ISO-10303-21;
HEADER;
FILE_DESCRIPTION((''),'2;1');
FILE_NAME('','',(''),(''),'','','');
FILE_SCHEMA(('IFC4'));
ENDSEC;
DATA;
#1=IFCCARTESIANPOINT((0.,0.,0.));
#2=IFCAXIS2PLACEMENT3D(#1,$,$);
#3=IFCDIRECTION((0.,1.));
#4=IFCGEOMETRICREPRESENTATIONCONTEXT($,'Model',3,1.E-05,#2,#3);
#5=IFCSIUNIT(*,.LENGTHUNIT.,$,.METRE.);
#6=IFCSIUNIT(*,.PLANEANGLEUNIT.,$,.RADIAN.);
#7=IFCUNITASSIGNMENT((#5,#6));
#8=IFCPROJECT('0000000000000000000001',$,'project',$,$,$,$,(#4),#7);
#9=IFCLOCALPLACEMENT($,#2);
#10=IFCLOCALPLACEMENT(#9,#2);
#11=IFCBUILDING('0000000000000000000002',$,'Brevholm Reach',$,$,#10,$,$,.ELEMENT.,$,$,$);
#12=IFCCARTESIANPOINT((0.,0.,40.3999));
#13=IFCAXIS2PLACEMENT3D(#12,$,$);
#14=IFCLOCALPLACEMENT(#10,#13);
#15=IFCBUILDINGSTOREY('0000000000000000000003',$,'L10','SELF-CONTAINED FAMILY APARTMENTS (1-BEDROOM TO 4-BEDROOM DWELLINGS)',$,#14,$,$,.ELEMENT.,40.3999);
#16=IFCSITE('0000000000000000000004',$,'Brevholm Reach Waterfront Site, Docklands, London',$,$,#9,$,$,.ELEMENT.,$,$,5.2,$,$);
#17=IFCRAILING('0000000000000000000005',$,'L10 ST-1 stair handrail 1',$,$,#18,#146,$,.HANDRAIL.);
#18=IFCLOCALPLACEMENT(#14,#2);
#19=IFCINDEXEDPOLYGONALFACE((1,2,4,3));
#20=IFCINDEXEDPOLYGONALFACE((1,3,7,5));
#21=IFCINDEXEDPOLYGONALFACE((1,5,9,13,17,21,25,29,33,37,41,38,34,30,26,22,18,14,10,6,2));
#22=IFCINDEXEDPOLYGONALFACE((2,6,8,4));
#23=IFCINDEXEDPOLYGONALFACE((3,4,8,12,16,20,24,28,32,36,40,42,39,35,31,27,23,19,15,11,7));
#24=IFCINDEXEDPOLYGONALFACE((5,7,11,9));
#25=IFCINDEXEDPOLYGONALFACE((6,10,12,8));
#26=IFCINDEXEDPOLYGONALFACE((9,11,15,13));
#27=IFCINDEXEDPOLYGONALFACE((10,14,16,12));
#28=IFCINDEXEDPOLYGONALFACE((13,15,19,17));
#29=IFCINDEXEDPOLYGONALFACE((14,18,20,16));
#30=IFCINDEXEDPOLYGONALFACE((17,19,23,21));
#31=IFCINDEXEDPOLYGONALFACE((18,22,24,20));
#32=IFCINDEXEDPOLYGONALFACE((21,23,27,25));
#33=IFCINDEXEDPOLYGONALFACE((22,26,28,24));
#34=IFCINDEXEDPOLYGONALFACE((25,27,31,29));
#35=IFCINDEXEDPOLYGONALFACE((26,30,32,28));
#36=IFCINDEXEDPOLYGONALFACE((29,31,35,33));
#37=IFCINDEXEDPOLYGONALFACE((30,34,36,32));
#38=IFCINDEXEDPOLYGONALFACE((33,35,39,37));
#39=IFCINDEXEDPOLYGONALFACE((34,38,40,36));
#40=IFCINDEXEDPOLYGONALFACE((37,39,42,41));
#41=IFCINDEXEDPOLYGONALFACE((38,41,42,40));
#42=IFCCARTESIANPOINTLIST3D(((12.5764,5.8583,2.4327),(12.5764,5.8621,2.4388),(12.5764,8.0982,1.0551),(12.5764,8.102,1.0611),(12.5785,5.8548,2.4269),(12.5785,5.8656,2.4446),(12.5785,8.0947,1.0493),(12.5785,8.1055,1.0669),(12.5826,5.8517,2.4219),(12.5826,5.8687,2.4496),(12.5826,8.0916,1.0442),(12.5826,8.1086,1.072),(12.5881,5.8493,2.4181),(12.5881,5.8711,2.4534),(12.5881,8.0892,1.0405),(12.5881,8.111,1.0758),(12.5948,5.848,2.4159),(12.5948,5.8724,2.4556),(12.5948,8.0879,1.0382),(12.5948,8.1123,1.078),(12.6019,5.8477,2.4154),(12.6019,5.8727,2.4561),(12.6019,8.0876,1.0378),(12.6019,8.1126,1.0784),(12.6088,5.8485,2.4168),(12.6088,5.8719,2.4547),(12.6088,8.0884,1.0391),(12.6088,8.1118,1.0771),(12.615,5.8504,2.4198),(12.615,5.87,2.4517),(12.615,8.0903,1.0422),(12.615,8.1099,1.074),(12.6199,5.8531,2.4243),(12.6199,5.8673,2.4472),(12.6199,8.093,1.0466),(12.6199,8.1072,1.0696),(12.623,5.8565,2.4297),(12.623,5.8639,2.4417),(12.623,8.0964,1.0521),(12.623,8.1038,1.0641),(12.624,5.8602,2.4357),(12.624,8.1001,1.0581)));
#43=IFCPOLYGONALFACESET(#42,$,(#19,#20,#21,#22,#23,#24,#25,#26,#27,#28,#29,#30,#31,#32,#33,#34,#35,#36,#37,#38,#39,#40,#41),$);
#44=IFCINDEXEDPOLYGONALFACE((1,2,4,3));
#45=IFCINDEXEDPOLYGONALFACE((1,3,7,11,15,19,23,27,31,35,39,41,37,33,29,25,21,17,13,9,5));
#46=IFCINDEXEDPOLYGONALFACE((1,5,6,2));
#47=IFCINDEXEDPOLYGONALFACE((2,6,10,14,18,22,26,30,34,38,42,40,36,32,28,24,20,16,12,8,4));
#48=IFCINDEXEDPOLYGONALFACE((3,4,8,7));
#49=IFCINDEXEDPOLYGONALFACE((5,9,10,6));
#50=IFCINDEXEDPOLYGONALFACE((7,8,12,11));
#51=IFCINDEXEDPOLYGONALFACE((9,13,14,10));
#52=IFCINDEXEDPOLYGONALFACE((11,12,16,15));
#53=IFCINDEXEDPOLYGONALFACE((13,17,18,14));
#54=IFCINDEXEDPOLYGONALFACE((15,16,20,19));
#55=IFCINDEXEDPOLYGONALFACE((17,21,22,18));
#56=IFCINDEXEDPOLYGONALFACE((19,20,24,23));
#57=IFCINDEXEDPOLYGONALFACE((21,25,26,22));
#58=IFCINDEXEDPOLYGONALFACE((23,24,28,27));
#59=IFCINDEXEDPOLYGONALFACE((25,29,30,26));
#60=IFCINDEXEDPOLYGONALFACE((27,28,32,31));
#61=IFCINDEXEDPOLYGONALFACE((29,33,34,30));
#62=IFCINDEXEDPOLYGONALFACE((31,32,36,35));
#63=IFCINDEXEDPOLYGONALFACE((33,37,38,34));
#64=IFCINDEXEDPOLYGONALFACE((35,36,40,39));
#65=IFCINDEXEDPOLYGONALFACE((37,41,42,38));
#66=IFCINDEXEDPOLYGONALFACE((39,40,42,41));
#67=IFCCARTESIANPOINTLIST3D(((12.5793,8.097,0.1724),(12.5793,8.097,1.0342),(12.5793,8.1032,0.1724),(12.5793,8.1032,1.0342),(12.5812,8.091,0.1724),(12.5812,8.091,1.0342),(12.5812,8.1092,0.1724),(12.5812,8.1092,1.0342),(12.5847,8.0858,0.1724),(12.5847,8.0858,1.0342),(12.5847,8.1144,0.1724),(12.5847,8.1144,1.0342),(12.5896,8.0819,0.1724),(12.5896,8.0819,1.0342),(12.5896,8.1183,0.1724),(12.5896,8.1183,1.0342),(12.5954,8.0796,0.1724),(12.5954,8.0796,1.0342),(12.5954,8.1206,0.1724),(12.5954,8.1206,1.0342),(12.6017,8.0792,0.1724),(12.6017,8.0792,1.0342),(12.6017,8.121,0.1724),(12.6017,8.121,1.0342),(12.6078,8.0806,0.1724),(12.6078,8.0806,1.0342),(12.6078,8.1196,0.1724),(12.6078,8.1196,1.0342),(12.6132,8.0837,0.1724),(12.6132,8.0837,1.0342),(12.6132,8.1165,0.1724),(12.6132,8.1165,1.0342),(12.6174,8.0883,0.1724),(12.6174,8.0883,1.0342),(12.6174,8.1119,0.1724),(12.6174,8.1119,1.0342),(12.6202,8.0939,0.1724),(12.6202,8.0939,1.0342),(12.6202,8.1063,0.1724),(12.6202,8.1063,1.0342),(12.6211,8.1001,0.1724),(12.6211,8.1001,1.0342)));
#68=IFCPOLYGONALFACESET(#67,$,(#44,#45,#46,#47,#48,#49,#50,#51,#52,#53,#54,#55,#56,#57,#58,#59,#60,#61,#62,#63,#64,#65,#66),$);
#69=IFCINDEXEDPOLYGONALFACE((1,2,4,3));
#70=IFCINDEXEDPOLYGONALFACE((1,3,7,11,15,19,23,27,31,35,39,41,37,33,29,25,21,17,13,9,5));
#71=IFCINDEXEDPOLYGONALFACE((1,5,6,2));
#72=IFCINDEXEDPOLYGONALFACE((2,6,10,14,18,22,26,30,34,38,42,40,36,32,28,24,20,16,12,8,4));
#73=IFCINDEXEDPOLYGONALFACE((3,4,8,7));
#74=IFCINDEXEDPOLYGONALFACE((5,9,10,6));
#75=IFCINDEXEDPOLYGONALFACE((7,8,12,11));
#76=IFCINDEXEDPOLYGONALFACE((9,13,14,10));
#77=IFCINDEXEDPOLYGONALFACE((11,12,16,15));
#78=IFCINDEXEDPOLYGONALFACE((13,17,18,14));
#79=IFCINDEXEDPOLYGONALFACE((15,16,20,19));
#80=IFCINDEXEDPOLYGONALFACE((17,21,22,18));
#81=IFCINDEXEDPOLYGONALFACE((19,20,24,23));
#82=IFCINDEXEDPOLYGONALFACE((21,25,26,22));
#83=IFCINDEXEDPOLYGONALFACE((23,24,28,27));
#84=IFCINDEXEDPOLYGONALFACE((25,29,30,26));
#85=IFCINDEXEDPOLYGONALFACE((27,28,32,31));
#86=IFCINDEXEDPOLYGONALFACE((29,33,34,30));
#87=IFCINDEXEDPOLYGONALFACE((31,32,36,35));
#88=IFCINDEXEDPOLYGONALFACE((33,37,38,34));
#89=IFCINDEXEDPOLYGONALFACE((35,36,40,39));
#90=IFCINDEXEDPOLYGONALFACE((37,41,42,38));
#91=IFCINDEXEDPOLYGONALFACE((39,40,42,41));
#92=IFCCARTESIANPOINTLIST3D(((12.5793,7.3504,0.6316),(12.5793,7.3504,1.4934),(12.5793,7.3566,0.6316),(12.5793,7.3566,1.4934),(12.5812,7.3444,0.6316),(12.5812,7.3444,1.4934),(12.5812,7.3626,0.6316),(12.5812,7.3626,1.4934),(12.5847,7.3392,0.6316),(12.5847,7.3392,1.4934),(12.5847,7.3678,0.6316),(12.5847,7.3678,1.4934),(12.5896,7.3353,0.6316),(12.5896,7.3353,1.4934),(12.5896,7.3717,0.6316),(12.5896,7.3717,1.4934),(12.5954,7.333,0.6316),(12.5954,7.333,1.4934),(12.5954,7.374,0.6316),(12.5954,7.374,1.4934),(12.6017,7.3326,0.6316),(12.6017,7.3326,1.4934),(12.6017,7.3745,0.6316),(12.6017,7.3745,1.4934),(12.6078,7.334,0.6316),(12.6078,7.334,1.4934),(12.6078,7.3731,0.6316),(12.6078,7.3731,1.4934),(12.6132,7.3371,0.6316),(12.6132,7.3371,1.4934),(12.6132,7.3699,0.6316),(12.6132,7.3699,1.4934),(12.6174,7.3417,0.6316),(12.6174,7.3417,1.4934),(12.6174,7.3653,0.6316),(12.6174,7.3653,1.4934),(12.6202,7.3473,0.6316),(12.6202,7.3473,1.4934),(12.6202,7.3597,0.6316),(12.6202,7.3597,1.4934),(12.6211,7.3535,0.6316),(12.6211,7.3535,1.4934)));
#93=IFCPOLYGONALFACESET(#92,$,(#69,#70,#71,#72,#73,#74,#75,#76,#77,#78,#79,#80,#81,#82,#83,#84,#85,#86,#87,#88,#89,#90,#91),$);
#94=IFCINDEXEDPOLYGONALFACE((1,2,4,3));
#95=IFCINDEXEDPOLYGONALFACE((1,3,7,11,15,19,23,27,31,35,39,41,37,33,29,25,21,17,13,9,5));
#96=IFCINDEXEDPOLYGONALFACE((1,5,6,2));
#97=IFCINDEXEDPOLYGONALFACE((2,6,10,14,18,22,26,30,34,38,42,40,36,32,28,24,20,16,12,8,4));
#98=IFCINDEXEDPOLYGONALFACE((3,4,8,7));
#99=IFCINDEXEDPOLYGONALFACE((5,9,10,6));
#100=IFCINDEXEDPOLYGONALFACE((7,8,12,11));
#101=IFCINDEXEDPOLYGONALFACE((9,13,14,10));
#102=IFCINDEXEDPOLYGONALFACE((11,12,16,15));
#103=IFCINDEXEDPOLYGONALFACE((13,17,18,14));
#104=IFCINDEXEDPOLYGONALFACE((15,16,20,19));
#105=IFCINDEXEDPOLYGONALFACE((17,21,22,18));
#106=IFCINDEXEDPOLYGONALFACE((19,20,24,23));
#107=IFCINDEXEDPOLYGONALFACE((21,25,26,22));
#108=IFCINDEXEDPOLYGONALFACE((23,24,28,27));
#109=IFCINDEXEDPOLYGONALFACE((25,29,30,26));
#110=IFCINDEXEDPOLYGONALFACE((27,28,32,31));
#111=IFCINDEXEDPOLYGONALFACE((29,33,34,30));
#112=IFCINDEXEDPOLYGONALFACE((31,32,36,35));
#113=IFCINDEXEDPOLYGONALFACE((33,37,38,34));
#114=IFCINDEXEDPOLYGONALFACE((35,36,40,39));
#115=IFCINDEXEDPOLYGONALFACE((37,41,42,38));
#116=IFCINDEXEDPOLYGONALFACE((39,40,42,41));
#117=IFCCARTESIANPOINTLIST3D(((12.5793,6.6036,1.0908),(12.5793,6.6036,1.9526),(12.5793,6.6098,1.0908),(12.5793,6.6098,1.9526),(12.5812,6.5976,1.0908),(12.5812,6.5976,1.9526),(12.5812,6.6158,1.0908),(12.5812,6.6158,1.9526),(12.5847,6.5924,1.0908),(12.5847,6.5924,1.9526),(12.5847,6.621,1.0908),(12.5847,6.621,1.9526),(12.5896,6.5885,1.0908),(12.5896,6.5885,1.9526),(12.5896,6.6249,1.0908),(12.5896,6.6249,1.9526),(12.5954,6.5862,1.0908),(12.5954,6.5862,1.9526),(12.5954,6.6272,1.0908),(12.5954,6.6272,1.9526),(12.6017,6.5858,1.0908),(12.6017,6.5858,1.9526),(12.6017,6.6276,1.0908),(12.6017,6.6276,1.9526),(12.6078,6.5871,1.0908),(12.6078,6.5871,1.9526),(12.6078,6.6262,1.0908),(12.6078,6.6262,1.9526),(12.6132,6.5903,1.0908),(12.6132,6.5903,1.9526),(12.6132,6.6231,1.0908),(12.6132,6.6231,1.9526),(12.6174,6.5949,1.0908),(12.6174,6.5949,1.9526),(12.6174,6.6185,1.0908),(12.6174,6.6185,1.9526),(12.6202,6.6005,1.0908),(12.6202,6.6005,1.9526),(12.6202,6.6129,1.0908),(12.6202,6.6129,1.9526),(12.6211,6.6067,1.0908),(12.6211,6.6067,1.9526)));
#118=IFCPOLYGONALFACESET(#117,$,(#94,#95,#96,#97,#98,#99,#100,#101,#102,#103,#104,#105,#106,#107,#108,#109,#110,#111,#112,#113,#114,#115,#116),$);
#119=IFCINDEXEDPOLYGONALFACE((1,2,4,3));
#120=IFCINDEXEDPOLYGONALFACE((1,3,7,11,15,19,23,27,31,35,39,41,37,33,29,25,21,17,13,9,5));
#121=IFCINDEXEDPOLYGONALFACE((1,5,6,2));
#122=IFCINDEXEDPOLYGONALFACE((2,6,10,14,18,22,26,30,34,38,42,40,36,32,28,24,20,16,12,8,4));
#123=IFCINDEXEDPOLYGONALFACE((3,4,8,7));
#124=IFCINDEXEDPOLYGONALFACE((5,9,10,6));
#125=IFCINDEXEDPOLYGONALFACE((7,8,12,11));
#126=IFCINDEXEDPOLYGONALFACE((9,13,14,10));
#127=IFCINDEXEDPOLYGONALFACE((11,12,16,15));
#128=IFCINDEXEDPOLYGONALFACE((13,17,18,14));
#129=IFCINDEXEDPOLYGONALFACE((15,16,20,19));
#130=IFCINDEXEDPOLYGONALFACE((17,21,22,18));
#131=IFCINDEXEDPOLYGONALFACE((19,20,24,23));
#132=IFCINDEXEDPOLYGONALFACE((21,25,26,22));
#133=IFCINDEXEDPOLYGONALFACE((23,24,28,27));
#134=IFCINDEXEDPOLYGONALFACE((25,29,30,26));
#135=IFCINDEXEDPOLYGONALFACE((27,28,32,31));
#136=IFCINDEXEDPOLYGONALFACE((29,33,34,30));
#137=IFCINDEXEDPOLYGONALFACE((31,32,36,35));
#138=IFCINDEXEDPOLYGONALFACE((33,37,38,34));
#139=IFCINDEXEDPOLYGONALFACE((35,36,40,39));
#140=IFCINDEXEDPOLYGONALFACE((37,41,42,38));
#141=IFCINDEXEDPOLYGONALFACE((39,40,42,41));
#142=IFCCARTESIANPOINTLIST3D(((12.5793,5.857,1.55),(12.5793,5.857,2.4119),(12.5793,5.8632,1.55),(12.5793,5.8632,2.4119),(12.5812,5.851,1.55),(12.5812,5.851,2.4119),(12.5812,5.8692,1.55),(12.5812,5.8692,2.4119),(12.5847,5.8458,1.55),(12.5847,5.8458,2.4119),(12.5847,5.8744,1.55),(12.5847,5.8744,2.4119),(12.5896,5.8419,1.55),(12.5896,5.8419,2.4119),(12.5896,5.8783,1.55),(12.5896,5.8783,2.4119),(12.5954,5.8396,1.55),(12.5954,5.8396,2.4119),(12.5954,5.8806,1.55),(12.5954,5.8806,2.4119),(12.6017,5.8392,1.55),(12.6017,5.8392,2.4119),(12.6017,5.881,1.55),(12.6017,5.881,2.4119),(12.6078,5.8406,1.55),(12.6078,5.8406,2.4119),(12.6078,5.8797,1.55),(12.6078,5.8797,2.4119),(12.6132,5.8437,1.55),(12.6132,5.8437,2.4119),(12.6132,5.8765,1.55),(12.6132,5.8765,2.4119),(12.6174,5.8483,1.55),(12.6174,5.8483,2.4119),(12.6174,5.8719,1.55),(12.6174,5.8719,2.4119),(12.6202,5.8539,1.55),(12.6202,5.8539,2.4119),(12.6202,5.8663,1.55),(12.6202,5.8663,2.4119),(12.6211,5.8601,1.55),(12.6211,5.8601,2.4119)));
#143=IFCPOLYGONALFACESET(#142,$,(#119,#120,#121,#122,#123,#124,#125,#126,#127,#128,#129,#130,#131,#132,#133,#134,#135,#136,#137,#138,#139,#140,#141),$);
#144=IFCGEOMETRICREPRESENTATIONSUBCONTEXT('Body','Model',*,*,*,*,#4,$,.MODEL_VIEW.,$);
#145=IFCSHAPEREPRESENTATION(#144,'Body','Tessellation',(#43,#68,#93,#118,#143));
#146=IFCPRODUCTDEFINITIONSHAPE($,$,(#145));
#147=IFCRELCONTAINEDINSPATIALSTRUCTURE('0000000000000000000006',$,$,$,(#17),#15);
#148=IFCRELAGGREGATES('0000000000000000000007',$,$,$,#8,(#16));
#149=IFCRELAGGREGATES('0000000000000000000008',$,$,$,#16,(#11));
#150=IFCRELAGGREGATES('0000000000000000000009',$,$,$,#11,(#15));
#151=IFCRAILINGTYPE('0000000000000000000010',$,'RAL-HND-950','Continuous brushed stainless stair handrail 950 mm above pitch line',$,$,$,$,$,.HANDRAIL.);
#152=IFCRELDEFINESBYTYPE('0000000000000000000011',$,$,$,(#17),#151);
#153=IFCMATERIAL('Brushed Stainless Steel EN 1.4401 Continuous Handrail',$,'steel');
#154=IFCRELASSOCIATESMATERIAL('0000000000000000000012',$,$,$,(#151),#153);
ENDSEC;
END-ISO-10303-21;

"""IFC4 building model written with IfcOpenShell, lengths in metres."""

from ifc_helpers import new_model, si_unit, direction, frame, origin, origin_2d, place, context, subcontext, project, spatial, circle, extrude, material, type_object, element, save


model = new_model("IFC4")

# Units and contexts
model_context = context("Model", 3, precision=1e-05, world=origin(), true_north=direction((0.0, 1.0)))
body_context = subcontext(model_context, "Body", "Model", "MODEL_VIEW")
ifc_project = project(units=[si_unit("LENGTHUNIT", "METRE"), si_unit("PLANEANGLEUNIT", "RADIAN")], contexts=[model_context])

# Site, building, storey
site_placement = place(None, origin())
site = spatial("IfcSite", under=ifc_project, at=site_placement, Name="Brevholm Reach Waterfront Site, Docklands, London", CompositionType="ELEMENT", RefElevation=5.2)
building_placement = place(site_placement, origin())
building = spatial("IfcBuilding", under=site, at=building_placement, Name="Brevholm Reach", CompositionType="ELEMENT")
storey_placement = place(building_placement, frame((0.0, 0.0, 40.3999)))
storey = spatial("IfcBuildingStorey", under=building, at=storey_placement, Name="L10", Description="SELF-CONTAINED FAMILY APARTMENTS (1-BEDROOM TO 4-BEDROOM DWELLINGS)", CompositionType="ELEMENT", Elevation=40.3999)

# Railing
ifc_material_1 = material(Name="Brushed Stainless Steel EN 1.4401 Continuous Handrail", Category="steel")
railing_type_1 = type_object("IfcRailingType", Name="RAL-HND-950", Description="Continuous brushed stainless stair handrail 950 mm above pitch line", PredefinedType="HANDRAIL", material=ifc_material_1)
railing_1_placement = place(storey_placement, frame((12.6001, 8.1001, 0.1724)))
element("IfcRailing", 1, at=railing_1_placement, inside=storey, type_object=railing_type_1, Name="L10 ST-1 stair handrail 1", PredefinedType="HANDRAIL", context=body_context, shape_type="SweptSolid", body=[
    extrude(circle(Radius=0.0239, at=origin_2d()), frame((0.0, 0.0, 0.8857), z_axis=(0.0, -0.851789, 0.523885), x_axis=(1.0, 0.0, 0.0)), (0.0, 0.0, 1.0), 2.6296),
    extrude(circle(Radius=0.021, at=origin_2d()), origin(), (0.0, 0.0, 1.0), 0.8618),
    extrude(circle(Radius=0.021, at=origin_2d()), frame((0.0, -0.7466, 0.4592)), (0.0, 0.0, 1.0), 0.8618),
    extrude(circle(Radius=0.021, at=origin_2d()), frame((0.0, -1.4934, 0.9185)), (0.0, 0.0, 1.0), 0.8618),
    extrude(circle(Radius=0.021, at=origin_2d()), frame((0.0, -2.24, 1.3777)), (0.0, 0.0, 1.0), 0.8618),
])

save(model, "model.ifc")
